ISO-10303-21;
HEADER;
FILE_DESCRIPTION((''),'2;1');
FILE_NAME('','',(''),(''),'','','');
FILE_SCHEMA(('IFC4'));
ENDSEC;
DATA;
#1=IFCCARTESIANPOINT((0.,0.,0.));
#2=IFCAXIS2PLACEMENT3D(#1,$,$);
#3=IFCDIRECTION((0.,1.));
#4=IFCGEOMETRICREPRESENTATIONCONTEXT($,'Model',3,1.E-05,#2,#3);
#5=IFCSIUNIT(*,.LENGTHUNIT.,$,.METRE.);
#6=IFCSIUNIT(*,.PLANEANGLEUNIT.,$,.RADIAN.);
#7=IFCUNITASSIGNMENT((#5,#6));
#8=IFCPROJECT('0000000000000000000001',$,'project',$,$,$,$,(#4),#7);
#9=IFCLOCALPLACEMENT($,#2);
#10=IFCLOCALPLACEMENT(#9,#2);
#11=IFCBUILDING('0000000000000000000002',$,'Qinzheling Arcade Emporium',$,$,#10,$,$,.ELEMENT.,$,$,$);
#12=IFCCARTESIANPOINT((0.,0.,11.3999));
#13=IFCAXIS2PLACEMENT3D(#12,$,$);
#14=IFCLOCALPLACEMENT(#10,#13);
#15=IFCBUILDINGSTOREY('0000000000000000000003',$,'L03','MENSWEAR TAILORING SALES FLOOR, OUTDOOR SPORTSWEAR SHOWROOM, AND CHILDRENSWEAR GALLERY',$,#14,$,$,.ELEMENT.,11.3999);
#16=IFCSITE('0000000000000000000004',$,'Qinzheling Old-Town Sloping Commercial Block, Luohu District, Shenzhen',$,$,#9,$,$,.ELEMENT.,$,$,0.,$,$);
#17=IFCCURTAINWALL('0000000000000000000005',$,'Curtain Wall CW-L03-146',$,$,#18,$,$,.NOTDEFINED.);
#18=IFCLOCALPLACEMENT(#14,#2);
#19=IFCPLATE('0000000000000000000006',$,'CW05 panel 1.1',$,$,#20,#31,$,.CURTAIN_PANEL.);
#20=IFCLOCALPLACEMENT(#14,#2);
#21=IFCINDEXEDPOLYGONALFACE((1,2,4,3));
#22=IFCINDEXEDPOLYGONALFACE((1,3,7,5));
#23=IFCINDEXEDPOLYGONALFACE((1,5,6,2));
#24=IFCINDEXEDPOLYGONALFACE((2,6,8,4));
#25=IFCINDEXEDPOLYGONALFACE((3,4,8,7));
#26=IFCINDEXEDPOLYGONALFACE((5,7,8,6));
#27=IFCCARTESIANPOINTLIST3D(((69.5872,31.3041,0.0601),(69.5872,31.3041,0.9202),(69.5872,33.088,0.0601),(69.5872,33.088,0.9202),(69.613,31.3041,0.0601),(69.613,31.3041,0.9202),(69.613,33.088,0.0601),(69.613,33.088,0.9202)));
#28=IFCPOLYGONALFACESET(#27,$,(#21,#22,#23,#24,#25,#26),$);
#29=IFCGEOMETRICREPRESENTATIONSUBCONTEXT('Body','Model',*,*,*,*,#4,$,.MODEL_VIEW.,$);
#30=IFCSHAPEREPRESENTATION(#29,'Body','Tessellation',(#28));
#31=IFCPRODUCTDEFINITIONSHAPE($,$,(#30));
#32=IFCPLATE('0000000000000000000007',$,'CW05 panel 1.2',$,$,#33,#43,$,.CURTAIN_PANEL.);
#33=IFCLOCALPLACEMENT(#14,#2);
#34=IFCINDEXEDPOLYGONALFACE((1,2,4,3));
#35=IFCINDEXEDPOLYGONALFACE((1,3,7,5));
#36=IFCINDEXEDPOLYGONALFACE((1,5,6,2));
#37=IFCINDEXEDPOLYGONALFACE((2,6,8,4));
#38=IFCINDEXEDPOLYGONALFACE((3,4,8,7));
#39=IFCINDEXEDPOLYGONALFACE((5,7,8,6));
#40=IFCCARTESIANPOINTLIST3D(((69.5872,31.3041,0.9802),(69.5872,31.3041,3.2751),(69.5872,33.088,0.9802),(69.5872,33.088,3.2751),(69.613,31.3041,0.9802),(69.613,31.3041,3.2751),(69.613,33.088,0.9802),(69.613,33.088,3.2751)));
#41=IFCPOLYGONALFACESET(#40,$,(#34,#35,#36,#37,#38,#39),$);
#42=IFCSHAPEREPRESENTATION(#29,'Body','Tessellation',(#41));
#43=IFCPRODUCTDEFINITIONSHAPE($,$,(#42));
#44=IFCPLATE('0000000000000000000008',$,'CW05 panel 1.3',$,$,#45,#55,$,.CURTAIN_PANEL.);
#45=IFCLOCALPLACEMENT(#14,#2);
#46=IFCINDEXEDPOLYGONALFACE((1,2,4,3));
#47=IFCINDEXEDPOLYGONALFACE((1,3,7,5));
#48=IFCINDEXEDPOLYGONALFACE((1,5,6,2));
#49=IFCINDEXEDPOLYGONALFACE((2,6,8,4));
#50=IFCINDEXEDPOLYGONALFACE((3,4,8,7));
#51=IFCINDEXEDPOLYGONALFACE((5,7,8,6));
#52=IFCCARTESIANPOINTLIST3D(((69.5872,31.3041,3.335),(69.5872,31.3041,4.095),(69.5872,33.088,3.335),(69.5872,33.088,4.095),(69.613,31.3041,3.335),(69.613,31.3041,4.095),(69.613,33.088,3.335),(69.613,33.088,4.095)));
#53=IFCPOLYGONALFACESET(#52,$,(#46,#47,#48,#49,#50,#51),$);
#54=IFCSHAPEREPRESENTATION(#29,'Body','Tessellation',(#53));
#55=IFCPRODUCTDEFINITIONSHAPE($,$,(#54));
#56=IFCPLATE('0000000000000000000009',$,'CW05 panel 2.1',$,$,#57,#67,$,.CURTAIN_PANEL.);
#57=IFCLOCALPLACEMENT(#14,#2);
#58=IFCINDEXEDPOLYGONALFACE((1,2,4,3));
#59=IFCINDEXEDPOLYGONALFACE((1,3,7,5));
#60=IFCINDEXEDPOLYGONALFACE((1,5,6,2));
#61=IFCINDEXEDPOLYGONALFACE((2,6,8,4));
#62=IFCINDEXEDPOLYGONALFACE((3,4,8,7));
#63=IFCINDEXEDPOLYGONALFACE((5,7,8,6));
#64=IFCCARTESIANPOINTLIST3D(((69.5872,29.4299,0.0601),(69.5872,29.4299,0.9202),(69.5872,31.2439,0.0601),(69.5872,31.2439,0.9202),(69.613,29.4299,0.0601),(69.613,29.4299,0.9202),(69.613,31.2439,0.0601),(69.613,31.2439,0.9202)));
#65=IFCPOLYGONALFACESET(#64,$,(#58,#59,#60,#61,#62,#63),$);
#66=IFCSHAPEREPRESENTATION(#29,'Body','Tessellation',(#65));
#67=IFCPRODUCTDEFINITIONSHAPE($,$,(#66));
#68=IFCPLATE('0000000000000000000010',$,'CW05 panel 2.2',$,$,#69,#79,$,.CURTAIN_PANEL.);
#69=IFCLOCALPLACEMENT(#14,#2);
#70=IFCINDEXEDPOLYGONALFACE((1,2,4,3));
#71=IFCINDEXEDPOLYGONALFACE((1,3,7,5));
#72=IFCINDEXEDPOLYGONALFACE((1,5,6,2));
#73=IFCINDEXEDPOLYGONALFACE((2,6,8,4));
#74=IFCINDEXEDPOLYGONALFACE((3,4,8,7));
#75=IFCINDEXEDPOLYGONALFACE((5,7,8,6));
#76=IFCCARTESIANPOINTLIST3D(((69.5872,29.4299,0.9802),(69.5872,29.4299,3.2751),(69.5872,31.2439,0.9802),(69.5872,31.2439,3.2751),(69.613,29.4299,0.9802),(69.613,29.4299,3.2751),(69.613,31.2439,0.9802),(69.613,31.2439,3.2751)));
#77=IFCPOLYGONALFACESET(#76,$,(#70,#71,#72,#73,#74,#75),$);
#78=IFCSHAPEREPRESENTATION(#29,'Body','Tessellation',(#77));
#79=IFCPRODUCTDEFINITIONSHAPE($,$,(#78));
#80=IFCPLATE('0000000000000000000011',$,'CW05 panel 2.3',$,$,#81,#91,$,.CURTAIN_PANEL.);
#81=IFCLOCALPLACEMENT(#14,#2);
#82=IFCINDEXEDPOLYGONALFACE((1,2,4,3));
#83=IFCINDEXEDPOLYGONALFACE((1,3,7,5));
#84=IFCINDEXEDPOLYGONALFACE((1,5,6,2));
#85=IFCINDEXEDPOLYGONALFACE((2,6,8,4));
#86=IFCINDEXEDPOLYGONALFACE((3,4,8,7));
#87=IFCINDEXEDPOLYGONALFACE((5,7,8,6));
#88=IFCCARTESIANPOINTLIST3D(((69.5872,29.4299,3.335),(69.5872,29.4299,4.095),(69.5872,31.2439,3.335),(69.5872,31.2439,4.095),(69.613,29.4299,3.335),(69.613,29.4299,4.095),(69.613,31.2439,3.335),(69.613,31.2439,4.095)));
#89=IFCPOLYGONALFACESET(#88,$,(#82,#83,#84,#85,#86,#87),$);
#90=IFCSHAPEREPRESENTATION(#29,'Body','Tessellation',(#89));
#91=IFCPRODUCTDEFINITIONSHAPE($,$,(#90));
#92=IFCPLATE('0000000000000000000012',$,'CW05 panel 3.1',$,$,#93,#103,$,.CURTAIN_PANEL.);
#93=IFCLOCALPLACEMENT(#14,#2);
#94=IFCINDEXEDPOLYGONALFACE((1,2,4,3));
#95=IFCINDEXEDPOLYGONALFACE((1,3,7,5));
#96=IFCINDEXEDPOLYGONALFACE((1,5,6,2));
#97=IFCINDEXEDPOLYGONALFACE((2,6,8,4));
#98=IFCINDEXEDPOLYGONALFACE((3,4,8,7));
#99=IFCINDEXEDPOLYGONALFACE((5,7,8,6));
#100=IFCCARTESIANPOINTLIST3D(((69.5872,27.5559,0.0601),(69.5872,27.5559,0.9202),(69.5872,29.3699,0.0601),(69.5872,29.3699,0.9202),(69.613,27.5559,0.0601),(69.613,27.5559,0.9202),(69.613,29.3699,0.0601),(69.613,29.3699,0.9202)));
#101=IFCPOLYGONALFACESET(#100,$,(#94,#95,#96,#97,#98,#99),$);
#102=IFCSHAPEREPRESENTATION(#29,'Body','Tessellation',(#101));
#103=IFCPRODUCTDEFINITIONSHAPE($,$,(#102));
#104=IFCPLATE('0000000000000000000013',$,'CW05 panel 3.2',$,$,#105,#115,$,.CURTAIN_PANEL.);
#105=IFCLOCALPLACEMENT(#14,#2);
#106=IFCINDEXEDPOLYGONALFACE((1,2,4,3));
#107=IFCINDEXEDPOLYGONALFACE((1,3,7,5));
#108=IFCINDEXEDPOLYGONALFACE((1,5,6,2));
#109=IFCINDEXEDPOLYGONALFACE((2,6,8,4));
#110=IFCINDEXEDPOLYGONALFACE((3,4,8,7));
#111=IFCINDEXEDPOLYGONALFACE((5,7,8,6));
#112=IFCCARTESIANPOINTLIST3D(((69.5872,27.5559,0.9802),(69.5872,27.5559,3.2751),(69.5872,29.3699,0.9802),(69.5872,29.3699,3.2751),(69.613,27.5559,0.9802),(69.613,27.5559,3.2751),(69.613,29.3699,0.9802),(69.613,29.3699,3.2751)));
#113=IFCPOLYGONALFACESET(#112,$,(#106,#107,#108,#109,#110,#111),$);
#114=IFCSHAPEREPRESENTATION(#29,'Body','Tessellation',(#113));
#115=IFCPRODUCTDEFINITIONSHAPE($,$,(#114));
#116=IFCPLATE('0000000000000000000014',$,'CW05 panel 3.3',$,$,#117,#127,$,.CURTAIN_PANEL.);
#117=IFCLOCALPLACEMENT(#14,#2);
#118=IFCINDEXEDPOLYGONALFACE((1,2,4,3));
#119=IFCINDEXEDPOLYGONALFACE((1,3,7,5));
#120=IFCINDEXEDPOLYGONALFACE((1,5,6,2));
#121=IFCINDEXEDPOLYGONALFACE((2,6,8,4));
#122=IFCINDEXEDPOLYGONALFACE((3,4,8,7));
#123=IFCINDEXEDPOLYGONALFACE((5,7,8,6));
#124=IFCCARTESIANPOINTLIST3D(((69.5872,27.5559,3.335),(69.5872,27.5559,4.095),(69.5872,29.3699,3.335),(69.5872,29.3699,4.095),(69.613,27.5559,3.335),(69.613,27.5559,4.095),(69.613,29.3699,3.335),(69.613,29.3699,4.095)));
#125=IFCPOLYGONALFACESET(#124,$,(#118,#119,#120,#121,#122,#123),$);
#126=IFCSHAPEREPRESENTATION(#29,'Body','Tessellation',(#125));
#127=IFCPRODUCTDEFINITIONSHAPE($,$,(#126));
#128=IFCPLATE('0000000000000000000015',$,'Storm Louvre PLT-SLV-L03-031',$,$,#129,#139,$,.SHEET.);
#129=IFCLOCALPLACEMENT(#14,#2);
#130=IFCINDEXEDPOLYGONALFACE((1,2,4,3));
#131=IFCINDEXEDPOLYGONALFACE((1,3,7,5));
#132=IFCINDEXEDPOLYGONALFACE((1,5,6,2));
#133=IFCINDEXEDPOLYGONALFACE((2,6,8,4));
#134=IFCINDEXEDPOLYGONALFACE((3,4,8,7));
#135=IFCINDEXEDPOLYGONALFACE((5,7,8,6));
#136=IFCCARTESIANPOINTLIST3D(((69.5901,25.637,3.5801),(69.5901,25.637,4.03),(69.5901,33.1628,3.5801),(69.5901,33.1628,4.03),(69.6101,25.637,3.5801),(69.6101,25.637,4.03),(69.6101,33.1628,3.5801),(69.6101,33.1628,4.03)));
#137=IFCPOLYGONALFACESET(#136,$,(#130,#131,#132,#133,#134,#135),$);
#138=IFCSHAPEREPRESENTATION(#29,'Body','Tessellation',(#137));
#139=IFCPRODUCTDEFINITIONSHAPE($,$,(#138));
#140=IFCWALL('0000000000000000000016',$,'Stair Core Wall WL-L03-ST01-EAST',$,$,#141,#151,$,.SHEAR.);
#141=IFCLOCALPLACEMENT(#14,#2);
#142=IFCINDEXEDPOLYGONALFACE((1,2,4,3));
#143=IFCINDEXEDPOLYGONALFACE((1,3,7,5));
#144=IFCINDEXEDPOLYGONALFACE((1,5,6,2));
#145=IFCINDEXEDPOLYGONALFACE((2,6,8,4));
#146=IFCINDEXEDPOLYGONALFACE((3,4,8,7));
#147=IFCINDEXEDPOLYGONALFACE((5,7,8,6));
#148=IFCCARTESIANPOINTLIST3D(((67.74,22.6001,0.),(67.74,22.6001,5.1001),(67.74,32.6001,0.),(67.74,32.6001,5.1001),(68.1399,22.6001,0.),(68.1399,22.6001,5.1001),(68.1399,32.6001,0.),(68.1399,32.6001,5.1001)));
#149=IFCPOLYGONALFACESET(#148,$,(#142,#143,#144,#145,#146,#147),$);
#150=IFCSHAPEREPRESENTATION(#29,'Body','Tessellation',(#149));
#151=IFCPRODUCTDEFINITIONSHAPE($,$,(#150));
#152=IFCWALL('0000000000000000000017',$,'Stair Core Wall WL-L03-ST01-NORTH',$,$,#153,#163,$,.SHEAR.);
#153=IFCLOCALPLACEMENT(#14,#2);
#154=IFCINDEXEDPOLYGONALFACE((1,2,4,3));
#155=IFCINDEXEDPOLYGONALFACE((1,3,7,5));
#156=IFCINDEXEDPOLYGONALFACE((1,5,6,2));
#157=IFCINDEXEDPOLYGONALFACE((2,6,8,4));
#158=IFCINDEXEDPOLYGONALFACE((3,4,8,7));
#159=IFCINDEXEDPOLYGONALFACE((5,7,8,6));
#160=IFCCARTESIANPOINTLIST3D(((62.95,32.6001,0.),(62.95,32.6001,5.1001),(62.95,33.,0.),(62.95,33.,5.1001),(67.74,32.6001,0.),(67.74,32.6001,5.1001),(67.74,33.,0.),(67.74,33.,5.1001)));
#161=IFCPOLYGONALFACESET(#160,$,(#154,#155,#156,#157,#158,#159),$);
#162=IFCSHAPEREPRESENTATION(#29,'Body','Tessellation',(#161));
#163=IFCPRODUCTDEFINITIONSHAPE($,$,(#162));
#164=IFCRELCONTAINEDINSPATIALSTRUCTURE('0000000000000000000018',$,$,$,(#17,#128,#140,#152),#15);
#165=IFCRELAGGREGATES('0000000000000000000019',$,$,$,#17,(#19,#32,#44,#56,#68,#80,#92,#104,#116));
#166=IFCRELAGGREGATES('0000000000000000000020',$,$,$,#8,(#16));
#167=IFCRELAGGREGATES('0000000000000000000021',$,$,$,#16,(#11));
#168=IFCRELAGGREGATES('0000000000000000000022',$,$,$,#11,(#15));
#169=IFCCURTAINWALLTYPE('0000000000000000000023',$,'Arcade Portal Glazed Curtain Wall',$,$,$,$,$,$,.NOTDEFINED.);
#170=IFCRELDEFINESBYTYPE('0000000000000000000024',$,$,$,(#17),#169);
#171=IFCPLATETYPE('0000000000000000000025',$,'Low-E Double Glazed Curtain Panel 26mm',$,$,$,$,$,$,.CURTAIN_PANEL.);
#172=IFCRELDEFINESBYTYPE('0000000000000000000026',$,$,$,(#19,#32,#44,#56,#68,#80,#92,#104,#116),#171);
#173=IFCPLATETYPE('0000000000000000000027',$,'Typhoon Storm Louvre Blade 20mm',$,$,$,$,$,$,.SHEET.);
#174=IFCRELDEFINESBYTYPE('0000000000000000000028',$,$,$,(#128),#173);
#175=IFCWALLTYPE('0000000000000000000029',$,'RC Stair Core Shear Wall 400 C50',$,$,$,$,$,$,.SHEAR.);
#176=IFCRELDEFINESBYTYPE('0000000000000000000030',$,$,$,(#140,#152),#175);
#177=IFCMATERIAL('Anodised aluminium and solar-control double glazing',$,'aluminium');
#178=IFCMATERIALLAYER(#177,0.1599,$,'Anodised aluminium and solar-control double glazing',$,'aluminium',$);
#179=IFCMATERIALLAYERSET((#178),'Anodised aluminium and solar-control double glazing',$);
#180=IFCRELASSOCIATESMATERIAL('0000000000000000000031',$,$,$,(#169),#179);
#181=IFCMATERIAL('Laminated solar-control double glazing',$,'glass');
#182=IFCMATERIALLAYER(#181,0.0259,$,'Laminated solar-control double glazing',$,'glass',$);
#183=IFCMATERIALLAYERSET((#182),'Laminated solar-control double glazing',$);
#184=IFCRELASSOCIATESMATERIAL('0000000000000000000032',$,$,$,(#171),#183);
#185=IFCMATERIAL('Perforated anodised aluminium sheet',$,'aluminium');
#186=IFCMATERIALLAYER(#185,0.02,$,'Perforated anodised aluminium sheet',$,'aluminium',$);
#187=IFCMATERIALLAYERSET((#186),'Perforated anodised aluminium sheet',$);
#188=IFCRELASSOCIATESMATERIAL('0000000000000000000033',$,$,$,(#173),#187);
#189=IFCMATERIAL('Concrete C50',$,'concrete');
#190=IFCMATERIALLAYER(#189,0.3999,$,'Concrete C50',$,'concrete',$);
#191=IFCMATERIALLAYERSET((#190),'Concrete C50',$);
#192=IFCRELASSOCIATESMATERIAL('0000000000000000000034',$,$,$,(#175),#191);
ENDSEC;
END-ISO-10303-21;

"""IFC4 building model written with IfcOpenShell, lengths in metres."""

from ifc_helpers import new_model, si_unit, direction, frame, frame_2d, origin, origin_2d, place, context, subcontext, project, spatial, rectangle, extrude, material, layer, layer_set, type_object, element, aggregate, save


model = new_model("IFC4")

# Units and contexts
model_context = context("Model", 3, precision=1e-05, world=origin(), true_north=direction((0.0, 1.0)))
body_context = subcontext(model_context, "Body", "Model", "MODEL_VIEW")
ifc_project = project(units=[si_unit("LENGTHUNIT", "METRE"), si_unit("PLANEANGLEUNIT", "RADIAN")], contexts=[model_context])

# Site, building, storey
site_placement = place(None, origin())
site = spatial("IfcSite", under=ifc_project, at=site_placement, Name="Qinzheling Old-Town Sloping Commercial Block, Luohu District, Shenzhen", CompositionType="ELEMENT", RefElevation=0.0)
building_placement = place(site_placement, origin())
building = spatial("IfcBuilding", under=site, at=building_placement, Name="Qinzheling Arcade Emporium", CompositionType="ELEMENT")
storey_placement = place(building_placement, frame((0.0, 0.0, 11.3999)))
storey = spatial("IfcBuildingStorey", under=building, at=storey_placement, Name="L03", Description="MENSWEAR TAILORING SALES FLOOR, OUTDOOR SPORTSWEAR SHOWROOM, AND CHILDRENSWEAR GALLERY", CompositionType="ELEMENT", Elevation=11.3999)

# Shared definitions
ifc_material_1 = material(Name="Concrete C50", Category="concrete")

# Shared definitions
ifc_material_2 = material(Name="Anodised aluminium and solar-control double glazing", Category="aluminium")
ifc_layer_1 = layer(ifc_material_2, 0.1599, Name="Anodised aluminium and solar-control double glazing", Category="aluminium")
ifc_layer_set_1 = layer_set([ifc_layer_1], Name="Anodised aluminium and solar-control double glazing")
curtain_wall_type = type_object("IfcCurtainWallType", Name="Arcade Portal Glazed Curtain Wall", PredefinedType="NOTDEFINED", material=ifc_layer_set_1)

# Curtain wall
curtain_wall_1_placement = place(storey_placement, origin())
curtain_wall_1 = element("IfcCurtainWall", 1, at=curtain_wall_1_placement, inside=storey, type_object=curtain_wall_type, Name="Curtain Wall CW-L03-146", PredefinedType="NOTDEFINED")

# Plates
ifc_material_3 = material(Name="Laminated solar-control double glazing", Category="glass")
ifc_layer_2 = layer(ifc_material_3, 0.0259, Name="Laminated solar-control double glazing", Category="glass")
ifc_layer_set_2 = layer_set([ifc_layer_2], Name="Laminated solar-control double glazing")
plate_type_1 = type_object("IfcPlateType", Name="Low-E Double Glazed Curtain Panel 26mm", PredefinedType="CURTAIN_PANEL", material=ifc_layer_set_2)
plate_1_placement = place(storey_placement, frame((69.6001, 32.196, 0.0601), z_axis=(0.0, 0.0, 1.0), x_axis=(0.0, -1.0, 0.0)))
plate_1 = element("IfcPlate", 2, at=plate_1_placement, type_object=plate_type_1, Name="CW05 panel 1.1", PredefinedType="CURTAIN_PANEL", context=body_context, shape_type="SweptSolid", body=[
    extrude(rectangle(XDim=1.7839, YDim=0.0259, at=origin_2d()), origin(), (0.0, 0.0, 1.0), 0.8601),
])
plate_2_placement = place(storey_placement, frame((69.6001, 32.196, 0.9802), z_axis=(0.0, 0.0, 1.0), x_axis=(0.0, -1.0, 0.0)))
plate_2 = element("IfcPlate", 3, at=plate_2_placement, type_object=plate_type_1, Name="CW05 panel 1.2", PredefinedType="CURTAIN_PANEL", context=body_context, shape_type="SweptSolid", body=[
    extrude(rectangle(XDim=1.7839, YDim=0.0259, at=origin_2d()), origin(), (0.0, 0.0, 1.0), 2.2949),
])
plate_3_placement = place(storey_placement, frame((69.6001, 32.196, 3.335), z_axis=(0.0, 0.0, 1.0), x_axis=(0.0, -1.0, 0.0)))
plate_3 = element("IfcPlate", 4, at=plate_3_placement, type_object=plate_type_1, Name="CW05 panel 1.3", PredefinedType="CURTAIN_PANEL", context=body_context, shape_type="SweptSolid", body=[
    extrude(rectangle(XDim=1.7839, YDim=0.0259, at=origin_2d()), origin(), (0.0, 0.0, 1.0), 0.76),
])
plate_4_placement = place(storey_placement, frame((69.6001, 30.3369, 0.0601), z_axis=(0.0, 0.0, 1.0), x_axis=(0.0, -1.0, 0.0)))
plate_4 = element("IfcPlate", 5, at=plate_4_placement, type_object=plate_type_1, Name="CW05 panel 2.1", PredefinedType="CURTAIN_PANEL", context=body_context, shape_type="SweptSolid", body=[
    extrude(rectangle(XDim=1.814, YDim=0.0259, at=origin_2d()), origin(), (0.0, 0.0, 1.0), 0.8601),
])
plate_5_placement = place(storey_placement, frame((69.6001, 30.3369, 0.9802), z_axis=(0.0, 0.0, 1.0), x_axis=(0.0, -1.0, 0.0)))
plate_5 = element("IfcPlate", 6, at=plate_5_placement, type_object=plate_type_1, Name="CW05 panel 2.2", PredefinedType="CURTAIN_PANEL", context=body_context, shape_type="SweptSolid", body=[
    extrude(rectangle(XDim=1.814, YDim=0.0259, at=origin_2d()), origin(), (0.0, 0.0, 1.0), 2.2949),
])
plate_6_placement = place(storey_placement, frame((69.6001, 30.3369, 3.335), z_axis=(0.0, 0.0, 1.0), x_axis=(0.0, -1.0, 0.0)))
plate_6 = element("IfcPlate", 7, at=plate_6_placement, type_object=plate_type_1, Name="CW05 panel 2.3", PredefinedType="CURTAIN_PANEL", context=body_context, shape_type="SweptSolid", body=[
    extrude(rectangle(XDim=1.814, YDim=0.0259, at=origin_2d()), origin(), (0.0, 0.0, 1.0), 0.76),
])
plate_7_placement = place(storey_placement, frame((69.6001, 28.4629, 0.0601), z_axis=(0.0, 0.0, 1.0), x_axis=(0.0, -1.0, 0.0)))
plate_7 = element("IfcPlate", 8, at=plate_7_placement, type_object=plate_type_1, Name="CW05 panel 3.1", PredefinedType="CURTAIN_PANEL", context=body_context, shape_type="SweptSolid", body=[
    extrude(rectangle(XDim=1.814, YDim=0.0259, at=origin_2d()), origin(), (0.0, 0.0, 1.0), 0.8601),
])
plate_8_placement = place(storey_placement, frame((69.6001, 28.4629, 0.9802), z_axis=(0.0, 0.0, 1.0), x_axis=(0.0, -1.0, 0.0)))
plate_8 = element("IfcPlate", 9, at=plate_8_placement, type_object=plate_type_1, Name="CW05 panel 3.2", PredefinedType="CURTAIN_PANEL", context=body_context, shape_type="SweptSolid", body=[
    extrude(rectangle(XDim=1.814, YDim=0.0259, at=origin_2d()), origin(), (0.0, 0.0, 1.0), 2.2949),
])
plate_9_placement = place(storey_placement, frame((69.6001, 28.4629, 3.335), z_axis=(0.0, 0.0, 1.0), x_axis=(0.0, -1.0, 0.0)))
plate_9 = element("IfcPlate", 10, at=plate_9_placement, type_object=plate_type_1, Name="CW05 panel 3.3", PredefinedType="CURTAIN_PANEL", context=body_context, shape_type="SweptSolid", body=[
    extrude(rectangle(XDim=1.814, YDim=0.0259, at=origin_2d()), origin(), (0.0, 0.0, 1.0), 0.76),
])
aggregate(curtain_wall_1, [plate_1, plate_2, plate_3, plate_4, plate_5, plate_6, plate_7, plate_8, plate_9])
ifc_material_4 = material(Name="Perforated anodised aluminium sheet", Category="aluminium")
ifc_layer_3 = layer(ifc_material_4, 0.02, Name="Perforated anodised aluminium sheet", Category="aluminium")
ifc_layer_set_3 = layer_set([ifc_layer_3], Name="Perforated anodised aluminium sheet")
plate_type_2 = type_object("IfcPlateType", Name="Typhoon Storm Louvre Blade 20mm", PredefinedType="SHEET", material=ifc_layer_set_3)
plate_10_placement = place(storey_placement, frame((69.6001, 29.3999, 3.5801), z_axis=(0.0, 0.0, 1.0), x_axis=(0.0, -1.0, 0.0)))
element("IfcPlate", 11, at=plate_10_placement, inside=storey, type_object=plate_type_2, Name="Storm Louvre PLT-SLV-L03-031", PredefinedType="SHEET", context=body_context, shape_type="SweptSolid", body=[
    extrude(rectangle(XDim=7.5259, YDim=0.02, at=origin_2d()), origin(), (0.0, 0.0, 1.0), 0.45),
])

# Walls
ifc_layer_4 = layer(ifc_material_1, 0.3999, Name="Concrete C50", Category="concrete")
ifc_layer_set_4 = layer_set([ifc_layer_4], Name="Concrete C50")
wall_type = type_object("IfcWallType", Name="RC Stair Core Shear Wall 400 C50", PredefinedType="SHEAR", material=ifc_layer_set_4)
wall_1_placement = place(storey_placement, frame((67.9399, 32.6001, 0.0), z_axis=(0.0, 0.0, 1.0), x_axis=(0.0, -1.0, 0.0)))
element("IfcWall", 12, at=wall_1_placement, inside=storey, type_object=wall_type, Name="Stair Core Wall WL-L03-ST01-EAST", PredefinedType="SHEAR", context=body_context, shape_type="SweptSolid", body=[
    extrude(rectangle(XDim=10.0, YDim=0.3999, at=frame_2d((5.0, 0.0))), origin(), (0.0, 0.0, 1.0), 5.1001),
])
wall_2_placement = place(storey_placement, frame((62.95, 32.8, 0.0), z_axis=(0.0, 0.0, 1.0), x_axis=(1.0, 0.0, 0.0)))
element("IfcWall", 13, at=wall_2_placement, inside=storey, type_object=wall_type, Name="Stair Core Wall WL-L03-ST01-NORTH", PredefinedType="SHEAR", context=body_context, shape_type="SweptSolid", body=[
    extrude(rectangle(XDim=4.79, YDim=0.3999, at=frame_2d((2.395, 0.0))), origin(), (0.0, 0.0, 1.0), 5.1001),
])

save(model, "model.ifc")
